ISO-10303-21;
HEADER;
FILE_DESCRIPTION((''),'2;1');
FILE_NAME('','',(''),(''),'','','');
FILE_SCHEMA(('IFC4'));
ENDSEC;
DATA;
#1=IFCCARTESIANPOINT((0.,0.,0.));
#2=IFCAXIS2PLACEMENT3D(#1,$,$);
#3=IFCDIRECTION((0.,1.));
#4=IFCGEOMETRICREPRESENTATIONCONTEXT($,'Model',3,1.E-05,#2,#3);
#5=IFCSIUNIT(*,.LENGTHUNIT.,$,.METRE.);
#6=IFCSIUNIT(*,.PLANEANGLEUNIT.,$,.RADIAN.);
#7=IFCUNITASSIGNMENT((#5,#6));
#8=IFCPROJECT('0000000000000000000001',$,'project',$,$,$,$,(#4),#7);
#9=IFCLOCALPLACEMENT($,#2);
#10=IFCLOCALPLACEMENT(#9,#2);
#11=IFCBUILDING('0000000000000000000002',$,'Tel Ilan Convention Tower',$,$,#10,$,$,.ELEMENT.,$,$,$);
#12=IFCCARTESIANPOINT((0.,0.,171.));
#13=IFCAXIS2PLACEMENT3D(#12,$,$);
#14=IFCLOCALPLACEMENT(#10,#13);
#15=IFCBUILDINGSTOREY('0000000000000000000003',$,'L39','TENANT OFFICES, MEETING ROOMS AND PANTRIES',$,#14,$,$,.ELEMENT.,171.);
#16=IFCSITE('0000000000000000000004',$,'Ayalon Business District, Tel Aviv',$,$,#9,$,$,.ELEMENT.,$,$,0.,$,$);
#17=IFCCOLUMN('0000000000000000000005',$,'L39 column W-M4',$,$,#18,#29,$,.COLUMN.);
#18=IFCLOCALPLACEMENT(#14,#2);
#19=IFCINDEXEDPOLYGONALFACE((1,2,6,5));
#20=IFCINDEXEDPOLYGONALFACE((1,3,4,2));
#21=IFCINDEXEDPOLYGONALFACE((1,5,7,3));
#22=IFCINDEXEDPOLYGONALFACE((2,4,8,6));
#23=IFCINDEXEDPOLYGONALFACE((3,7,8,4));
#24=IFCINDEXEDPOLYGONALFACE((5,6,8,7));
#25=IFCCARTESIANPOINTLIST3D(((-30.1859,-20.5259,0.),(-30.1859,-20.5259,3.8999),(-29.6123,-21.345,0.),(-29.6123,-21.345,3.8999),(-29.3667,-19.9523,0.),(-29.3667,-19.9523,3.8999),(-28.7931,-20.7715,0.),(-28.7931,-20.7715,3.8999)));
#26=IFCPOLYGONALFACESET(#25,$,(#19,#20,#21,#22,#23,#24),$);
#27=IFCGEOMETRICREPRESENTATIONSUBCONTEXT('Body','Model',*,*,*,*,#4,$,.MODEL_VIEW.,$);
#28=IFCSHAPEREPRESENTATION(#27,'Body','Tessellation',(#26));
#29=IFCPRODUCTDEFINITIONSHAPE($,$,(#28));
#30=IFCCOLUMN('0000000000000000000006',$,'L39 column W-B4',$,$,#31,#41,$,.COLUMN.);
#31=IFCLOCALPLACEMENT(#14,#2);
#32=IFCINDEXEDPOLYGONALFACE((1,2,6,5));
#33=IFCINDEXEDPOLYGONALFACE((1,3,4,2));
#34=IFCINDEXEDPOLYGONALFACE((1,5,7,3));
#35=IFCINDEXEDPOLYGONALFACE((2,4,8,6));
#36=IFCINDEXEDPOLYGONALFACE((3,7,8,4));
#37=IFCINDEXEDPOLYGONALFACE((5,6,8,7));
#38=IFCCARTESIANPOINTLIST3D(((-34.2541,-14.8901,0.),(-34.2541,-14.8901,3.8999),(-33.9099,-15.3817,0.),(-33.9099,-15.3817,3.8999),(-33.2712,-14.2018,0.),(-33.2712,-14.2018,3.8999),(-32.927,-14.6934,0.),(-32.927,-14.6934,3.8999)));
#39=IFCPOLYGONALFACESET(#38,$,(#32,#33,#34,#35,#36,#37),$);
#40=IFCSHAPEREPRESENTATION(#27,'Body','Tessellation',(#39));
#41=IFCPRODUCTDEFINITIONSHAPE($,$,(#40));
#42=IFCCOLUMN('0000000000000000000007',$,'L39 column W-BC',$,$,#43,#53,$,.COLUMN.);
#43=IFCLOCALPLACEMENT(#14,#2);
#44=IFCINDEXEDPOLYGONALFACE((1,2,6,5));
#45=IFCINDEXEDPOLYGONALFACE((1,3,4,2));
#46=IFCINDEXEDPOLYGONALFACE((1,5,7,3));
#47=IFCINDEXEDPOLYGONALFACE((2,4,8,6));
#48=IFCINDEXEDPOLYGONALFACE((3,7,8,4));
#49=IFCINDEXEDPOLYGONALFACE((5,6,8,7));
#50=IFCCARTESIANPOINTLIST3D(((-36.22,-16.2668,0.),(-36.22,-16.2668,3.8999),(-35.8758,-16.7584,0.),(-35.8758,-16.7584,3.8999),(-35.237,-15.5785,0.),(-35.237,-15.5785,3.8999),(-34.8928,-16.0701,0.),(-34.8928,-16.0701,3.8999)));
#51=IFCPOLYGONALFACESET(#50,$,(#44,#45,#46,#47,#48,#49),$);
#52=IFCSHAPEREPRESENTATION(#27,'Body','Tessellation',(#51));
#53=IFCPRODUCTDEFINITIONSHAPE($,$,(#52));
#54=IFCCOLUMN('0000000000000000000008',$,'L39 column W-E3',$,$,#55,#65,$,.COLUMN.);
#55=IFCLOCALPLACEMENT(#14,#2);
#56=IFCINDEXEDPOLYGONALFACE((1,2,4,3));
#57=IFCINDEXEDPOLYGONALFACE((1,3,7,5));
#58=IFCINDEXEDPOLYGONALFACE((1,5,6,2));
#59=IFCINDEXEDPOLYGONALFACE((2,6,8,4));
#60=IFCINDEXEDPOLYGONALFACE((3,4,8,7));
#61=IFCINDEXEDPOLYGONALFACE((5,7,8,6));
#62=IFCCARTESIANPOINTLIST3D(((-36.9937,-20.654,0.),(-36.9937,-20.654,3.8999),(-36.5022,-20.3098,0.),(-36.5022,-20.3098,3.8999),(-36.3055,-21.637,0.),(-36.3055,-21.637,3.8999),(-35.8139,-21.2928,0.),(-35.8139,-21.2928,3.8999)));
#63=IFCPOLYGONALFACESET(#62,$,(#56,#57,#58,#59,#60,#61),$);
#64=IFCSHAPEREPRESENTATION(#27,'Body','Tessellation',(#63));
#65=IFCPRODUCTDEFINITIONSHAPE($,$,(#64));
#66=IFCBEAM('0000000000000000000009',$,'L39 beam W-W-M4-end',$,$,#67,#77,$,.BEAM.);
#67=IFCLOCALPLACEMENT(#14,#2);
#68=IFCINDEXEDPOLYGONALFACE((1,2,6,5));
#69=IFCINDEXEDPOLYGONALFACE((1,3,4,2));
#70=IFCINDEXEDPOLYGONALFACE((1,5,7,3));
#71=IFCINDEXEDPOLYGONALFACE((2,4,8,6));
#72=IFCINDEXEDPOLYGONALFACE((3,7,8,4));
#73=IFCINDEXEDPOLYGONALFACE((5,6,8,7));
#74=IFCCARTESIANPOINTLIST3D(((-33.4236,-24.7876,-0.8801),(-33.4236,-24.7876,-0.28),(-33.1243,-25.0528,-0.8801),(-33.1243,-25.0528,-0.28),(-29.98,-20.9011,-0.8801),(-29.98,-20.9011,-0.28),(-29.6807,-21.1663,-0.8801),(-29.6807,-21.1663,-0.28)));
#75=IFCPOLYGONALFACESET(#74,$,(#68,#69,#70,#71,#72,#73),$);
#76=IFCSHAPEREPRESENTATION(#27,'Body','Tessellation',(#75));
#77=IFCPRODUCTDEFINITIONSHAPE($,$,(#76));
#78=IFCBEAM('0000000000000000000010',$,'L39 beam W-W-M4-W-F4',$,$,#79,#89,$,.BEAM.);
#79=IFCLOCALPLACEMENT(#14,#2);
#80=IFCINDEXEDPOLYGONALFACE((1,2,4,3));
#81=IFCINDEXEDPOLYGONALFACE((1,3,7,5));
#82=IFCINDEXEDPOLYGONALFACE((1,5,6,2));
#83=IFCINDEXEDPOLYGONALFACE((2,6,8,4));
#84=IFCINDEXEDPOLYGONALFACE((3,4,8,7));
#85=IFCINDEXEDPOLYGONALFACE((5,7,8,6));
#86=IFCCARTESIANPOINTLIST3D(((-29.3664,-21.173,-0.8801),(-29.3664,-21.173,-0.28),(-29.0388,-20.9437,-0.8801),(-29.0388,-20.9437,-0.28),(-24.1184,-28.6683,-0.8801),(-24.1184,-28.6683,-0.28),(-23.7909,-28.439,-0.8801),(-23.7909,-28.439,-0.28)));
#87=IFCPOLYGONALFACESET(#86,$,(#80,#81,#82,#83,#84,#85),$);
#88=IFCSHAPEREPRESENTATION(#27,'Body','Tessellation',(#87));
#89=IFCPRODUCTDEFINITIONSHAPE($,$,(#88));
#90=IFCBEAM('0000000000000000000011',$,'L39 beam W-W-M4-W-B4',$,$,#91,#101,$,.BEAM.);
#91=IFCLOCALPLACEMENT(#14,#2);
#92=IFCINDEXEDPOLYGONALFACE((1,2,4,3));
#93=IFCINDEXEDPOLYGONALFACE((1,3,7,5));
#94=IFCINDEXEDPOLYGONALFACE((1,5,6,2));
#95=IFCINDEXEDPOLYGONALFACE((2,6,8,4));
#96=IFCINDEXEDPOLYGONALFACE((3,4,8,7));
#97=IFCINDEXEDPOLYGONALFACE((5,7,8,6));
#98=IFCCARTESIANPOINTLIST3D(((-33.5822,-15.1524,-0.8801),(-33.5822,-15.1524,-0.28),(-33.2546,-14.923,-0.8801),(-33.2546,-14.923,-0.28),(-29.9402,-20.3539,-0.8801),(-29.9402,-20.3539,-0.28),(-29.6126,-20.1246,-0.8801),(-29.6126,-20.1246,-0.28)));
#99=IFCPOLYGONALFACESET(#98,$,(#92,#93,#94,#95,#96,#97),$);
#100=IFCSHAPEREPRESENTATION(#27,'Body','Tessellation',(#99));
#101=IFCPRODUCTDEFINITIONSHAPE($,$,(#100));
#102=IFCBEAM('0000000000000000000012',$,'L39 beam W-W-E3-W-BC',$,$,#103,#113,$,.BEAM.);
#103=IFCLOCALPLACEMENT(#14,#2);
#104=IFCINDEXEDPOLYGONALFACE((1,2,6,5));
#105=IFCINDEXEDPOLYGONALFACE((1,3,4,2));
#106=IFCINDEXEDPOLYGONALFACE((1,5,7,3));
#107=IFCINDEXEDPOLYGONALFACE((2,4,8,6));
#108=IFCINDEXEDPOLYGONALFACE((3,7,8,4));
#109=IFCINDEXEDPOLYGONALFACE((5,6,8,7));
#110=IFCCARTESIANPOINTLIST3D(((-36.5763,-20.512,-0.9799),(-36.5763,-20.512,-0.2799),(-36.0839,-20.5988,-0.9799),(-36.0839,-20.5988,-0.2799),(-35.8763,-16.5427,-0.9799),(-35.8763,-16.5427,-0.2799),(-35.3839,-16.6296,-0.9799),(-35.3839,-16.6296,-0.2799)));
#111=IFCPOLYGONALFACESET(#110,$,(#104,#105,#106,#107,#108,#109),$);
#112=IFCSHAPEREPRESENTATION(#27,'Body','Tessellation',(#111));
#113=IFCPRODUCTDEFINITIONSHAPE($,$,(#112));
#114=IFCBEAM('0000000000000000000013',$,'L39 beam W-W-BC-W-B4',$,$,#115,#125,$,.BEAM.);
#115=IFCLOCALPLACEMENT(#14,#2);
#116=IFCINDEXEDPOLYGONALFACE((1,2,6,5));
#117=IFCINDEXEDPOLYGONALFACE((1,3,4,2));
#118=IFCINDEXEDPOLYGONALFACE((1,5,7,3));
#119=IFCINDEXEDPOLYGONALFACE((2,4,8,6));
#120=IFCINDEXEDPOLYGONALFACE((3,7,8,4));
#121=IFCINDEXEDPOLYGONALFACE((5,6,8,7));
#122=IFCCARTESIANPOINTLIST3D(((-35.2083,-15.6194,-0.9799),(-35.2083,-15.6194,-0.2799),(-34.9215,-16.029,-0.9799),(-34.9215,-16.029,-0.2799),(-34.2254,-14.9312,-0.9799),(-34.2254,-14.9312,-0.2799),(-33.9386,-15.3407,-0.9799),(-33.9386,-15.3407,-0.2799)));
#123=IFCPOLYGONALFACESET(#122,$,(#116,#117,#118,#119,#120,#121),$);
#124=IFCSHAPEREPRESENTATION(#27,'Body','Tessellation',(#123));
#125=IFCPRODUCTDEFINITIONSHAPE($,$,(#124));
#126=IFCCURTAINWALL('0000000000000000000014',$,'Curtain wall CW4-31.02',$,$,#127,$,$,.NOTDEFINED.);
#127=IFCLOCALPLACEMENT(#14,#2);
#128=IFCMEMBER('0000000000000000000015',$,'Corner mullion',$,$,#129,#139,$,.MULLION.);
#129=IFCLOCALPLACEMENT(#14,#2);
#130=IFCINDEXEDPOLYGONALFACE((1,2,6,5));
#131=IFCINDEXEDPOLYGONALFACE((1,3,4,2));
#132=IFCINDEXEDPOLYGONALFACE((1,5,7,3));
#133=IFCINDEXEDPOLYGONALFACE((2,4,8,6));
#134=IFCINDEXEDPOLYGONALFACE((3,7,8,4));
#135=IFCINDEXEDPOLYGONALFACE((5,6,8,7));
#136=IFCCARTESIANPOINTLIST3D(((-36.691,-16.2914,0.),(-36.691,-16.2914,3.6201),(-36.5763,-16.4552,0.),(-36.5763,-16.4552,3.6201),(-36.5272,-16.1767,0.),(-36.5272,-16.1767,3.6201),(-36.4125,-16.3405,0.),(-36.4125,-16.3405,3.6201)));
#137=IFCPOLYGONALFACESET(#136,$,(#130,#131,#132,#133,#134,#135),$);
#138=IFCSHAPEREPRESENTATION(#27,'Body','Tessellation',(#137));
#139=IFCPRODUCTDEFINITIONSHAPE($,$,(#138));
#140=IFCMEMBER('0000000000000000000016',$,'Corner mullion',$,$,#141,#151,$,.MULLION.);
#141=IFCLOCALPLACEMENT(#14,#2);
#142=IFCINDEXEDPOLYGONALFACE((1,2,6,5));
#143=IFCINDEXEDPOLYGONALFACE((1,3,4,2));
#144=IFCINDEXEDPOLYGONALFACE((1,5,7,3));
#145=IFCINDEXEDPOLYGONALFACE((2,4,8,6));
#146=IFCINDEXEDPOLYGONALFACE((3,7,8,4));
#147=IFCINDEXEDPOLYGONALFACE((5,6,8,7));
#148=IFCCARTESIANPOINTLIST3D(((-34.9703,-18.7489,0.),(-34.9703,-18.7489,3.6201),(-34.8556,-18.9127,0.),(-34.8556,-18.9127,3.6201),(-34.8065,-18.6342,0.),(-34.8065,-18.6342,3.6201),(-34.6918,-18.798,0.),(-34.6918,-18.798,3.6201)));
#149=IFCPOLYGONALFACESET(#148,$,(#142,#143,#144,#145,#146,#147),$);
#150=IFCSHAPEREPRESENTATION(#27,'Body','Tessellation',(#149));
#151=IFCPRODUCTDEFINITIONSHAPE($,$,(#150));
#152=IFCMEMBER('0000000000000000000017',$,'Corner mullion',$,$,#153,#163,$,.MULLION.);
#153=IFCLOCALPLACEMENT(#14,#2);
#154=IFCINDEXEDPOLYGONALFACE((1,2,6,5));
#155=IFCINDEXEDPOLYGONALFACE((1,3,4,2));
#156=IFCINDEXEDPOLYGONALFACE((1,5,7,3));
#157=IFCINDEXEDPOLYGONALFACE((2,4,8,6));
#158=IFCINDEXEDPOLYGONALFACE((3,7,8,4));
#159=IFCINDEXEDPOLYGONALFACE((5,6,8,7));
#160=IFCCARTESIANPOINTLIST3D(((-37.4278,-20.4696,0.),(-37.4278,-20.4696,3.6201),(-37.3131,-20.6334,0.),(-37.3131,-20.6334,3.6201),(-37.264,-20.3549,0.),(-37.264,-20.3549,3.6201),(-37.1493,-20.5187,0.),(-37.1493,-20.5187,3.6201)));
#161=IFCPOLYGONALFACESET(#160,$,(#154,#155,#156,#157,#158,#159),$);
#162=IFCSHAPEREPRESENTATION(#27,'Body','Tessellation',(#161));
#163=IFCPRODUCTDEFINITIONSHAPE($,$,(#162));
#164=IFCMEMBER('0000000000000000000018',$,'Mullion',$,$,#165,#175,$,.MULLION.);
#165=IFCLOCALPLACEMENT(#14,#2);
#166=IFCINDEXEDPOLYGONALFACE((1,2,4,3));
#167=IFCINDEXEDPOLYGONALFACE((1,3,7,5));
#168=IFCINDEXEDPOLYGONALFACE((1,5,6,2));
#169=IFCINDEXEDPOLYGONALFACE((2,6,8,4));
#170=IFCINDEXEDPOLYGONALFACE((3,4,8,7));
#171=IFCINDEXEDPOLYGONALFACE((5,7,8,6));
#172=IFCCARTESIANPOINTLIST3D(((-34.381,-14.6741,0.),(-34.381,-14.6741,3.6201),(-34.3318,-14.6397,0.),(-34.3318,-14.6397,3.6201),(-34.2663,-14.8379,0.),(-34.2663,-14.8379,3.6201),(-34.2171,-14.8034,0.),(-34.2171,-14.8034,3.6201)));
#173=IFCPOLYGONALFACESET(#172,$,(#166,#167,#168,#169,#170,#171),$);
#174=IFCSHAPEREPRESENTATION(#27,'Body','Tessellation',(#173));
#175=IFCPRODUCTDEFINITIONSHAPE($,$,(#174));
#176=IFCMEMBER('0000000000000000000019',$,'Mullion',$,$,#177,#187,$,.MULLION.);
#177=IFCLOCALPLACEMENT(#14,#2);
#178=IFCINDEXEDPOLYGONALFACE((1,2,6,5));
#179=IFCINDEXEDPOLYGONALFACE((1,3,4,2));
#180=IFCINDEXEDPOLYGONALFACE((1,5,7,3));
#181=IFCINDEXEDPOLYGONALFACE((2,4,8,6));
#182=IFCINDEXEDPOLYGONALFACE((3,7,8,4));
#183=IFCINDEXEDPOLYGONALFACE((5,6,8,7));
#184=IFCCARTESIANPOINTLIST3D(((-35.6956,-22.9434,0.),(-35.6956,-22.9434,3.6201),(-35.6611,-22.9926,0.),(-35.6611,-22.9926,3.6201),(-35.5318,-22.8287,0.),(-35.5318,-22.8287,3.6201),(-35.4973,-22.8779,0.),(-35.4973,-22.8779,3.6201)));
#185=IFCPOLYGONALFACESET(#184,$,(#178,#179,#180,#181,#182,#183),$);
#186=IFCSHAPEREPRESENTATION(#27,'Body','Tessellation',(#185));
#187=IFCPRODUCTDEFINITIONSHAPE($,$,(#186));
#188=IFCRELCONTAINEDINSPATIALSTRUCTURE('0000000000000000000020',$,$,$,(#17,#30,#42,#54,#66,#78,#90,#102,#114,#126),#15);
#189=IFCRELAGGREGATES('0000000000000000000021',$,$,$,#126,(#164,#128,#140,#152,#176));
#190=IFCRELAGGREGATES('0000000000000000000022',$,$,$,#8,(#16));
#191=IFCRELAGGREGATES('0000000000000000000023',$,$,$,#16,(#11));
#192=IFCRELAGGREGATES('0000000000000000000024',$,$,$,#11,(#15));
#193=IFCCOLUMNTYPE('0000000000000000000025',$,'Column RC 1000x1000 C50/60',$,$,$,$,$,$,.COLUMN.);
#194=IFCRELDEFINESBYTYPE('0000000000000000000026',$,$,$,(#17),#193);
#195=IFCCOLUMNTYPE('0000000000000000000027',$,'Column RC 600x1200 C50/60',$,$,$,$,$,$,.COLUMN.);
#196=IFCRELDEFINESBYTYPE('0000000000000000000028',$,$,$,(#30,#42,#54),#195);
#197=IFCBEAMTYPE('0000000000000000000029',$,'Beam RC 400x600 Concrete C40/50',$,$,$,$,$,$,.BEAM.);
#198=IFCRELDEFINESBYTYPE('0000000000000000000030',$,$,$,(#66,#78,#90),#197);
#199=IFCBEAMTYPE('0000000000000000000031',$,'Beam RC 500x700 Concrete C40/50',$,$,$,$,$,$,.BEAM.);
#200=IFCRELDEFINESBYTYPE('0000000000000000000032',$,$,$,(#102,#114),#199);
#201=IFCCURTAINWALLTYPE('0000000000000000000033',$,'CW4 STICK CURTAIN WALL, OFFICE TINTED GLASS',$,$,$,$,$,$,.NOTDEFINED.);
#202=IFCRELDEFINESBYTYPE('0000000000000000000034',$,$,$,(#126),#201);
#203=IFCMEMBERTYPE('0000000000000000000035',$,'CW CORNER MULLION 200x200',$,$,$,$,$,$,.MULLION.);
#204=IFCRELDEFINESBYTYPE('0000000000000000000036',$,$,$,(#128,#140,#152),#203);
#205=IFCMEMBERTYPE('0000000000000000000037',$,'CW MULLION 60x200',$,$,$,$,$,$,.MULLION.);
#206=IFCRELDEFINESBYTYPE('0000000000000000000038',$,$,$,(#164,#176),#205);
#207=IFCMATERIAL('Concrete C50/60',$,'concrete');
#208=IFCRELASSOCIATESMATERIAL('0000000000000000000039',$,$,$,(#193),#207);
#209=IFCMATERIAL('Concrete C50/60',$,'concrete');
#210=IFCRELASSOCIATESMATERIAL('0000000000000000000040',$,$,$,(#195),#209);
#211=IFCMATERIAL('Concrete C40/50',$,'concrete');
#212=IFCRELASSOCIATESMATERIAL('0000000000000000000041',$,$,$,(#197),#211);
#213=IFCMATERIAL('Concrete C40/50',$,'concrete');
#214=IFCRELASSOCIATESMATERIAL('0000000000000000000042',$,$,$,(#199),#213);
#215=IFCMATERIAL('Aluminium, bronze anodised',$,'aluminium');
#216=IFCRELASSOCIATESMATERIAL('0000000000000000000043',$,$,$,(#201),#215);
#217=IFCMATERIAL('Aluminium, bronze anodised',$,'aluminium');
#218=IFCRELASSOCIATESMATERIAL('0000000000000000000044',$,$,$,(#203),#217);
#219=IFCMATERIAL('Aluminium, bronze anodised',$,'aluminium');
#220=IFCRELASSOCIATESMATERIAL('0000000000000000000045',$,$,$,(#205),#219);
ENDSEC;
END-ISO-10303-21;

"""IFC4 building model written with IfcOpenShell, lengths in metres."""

from ifc_helpers import new_model, si_unit, direction, frame, origin, origin_2d, place, context, subcontext, project, spatial, rectangle, extrude, material, material_profile, profile_set, type_object, element, aggregate, save


model = new_model("IFC4")

# Units and contexts
model_context = context("Model", 3, precision=1e-05, world=origin(), true_north=direction((0.0, 1.0)))
body_context = subcontext(model_context, "Body", "Model", "MODEL_VIEW")
ifc_project = project(units=[si_unit("LENGTHUNIT", "METRE"), si_unit("PLANEANGLEUNIT", "RADIAN")], contexts=[model_context])

# Site, building, storey
site_placement = place(None, origin())
site = spatial("IfcSite", under=ifc_project, at=site_placement, Name="Ayalon Business District, Tel Aviv", CompositionType="ELEMENT", RefElevation=0.0)
building_placement = place(site_placement, origin())
building = spatial("IfcBuilding", under=site, at=building_placement, Name="Tel Ilan Convention Tower", CompositionType="ELEMENT")
storey_placement = place(building_placement, frame((0.0, 0.0, 171.0)))
storey = spatial("IfcBuildingStorey", under=building, at=storey_placement, Name="L39", Description="TENANT OFFICES, MEETING ROOMS AND PANTRIES", CompositionType="ELEMENT", Elevation=171.0)

# Columns
ifc_material_1 = material(Name="Concrete C50/60", Category="concrete")
ifc_material_profile_1 = material_profile(ifc_material_1, rectangle(XDim=1.0, YDim=1.0, at=origin_2d()), Name="RC 1000x1000")
ifc_profile_set_1 = profile_set([ifc_material_profile_1], Name="Concrete C50/60")
column_type_1 = type_object("IfcColumnType", Name="Column RC 1000x1000 C50/60", PredefinedType="COLUMN", material=ifc_profile_set_1)
column_placement = place(storey_placement, frame((-29.4895, -20.6487, 0.0), z_axis=(0.0, 0.0, 1.0), x_axis=(-0.819152, -0.573576, 0.0)))
element("IfcColumn", 1, at=column_placement, inside=storey, type_object=column_type_1, Name="L39 column W-M4", PredefinedType="COLUMN", context=body_context, shape_type="SweptSolid", body=[
    extrude(rectangle(XDim=1.0, YDim=1.0, at=origin_2d()), origin(), (0.0, 0.0, 1.0), 3.8999),
])
ifc_material_2 = material(Name="Concrete C50/60", Category="concrete")
ifc_material_profile_2 = material_profile(ifc_material_2, rectangle(XDim=1.2, YDim=0.6001, at=origin_2d()), Name="RC 600x1200")
ifc_profile_set_2 = profile_set([ifc_material_profile_2], Name="Concrete C50/60")
column_type_2 = type_object("IfcColumnType", Name="Column RC 600x1200 C50/60", PredefinedType="COLUMN", material=ifc_profile_set_2)
for number, where, z_axis, x_axis, name in (
    (2, (-33.5906, -14.7917, 0.0), (0.0, 0.0, 1.0), (-0.819152, -0.573576, 0.0), "L39 column W-B4"),
    (3, (-35.5564, -16.1685, 0.0), (0.0, 0.0, 1.0), (-0.819152, -0.573576, 0.0), "L39 column W-BC"),
    (4, (-36.4038, -20.9734, 0.0), (0.0, 0.0, 1.0), (-0.573576, 0.819152, 0.0), "L39 column W-E3"),
):
    element("IfcColumn", number, at=place(storey_placement, frame(where, z_axis=z_axis, x_axis=x_axis)), inside=storey, type_object=column_type_2, Name=name, PredefinedType="COLUMN", context=body_context, shape_type="SweptSolid", body=[
        extrude(rectangle(XDim=1.2, YDim=0.6001, at=origin_2d()), origin(), (0.0, 0.0, 1.0), 3.8999),
    ])

# Beams
ifc_material_3 = material(Name="Concrete C40/50", Category="concrete")
ifc_material_profile_3 = material_profile(ifc_material_3, rectangle(XDim=0.3999, YDim=0.6001, at=origin_2d()), Name="RC 400x600")
ifc_profile_set_3 = profile_set([ifc_material_profile_3], Name="Concrete C40/50")
beam_type_1 = type_object("IfcBeamType", Name="Beam RC 400x600 Concrete C40/50", PredefinedType="BEAM", material=ifc_profile_set_3)
beam_1_placement = place(storey_placement, frame((-29.8303, -21.0337, -0.5801), z_axis=(-0.663175, -0.748464, 0.0), x_axis=(0.748464, -0.663175, 0.0)))
element("IfcBeam", 5, at=beam_1_placement, inside=storey, type_object=beam_type_1, Name="L39 beam W-W-M4-end", PredefinedType="BEAM", context=body_context, shape_type="SweptSolid", body=[
    extrude(rectangle(XDim=0.3999, YDim=0.6001, at=origin_2d()), origin(), (0.0, 0.0, 1.0), 5.1926),
])
beam_2_placement = place(storey_placement, frame((-29.2026, -21.0583, -0.5801), z_axis=(0.573557, -0.819165, 0.0), x_axis=(0.819165, 0.573557, 0.0)))
element("IfcBeam", 6, at=beam_2_placement, inside=storey, type_object=beam_type_1, Name="L39 beam W-W-M4-W-F4", PredefinedType="BEAM", context=body_context, shape_type="SweptSolid", body=[
    extrude(rectangle(XDim=0.3999, YDim=0.6001, at=origin_2d()), origin(), (0.0, 0.0, 1.0), 9.1499),
])
beam_3_placement = place(storey_placement, frame((-29.7764, -20.2393, -0.5801), z_axis=(-0.57356, 0.819163, 0.0), x_axis=(-0.819163, -0.57356, 0.0)))
element("IfcBeam", 7, at=beam_3_placement, inside=storey, type_object=beam_type_1, Name="L39 beam W-W-M4-W-B4", PredefinedType="BEAM", context=body_context, shape_type="SweptSolid", body=[
    extrude(rectangle(XDim=0.3999, YDim=0.6001, at=origin_2d()), origin(), (0.0, 0.0, 1.0), 6.3499),
])
ifc_material_4 = material(Name="Concrete C40/50", Category="concrete")
ifc_material_profile_4 = material_profile(ifc_material_4, rectangle(XDim=0.5, YDim=0.7, at=origin_2d()), Name="RC 500x700")
ifc_profile_set_4 = profile_set([ifc_material_profile_4], Name="Concrete C40/50")
beam_type_2 = type_object("IfcBeamType", Name="Beam RC 500x700 Concrete C40/50", PredefinedType="BEAM", material=ifc_profile_set_4)
beam_4_placement = place(storey_placement, frame((-36.3301, -20.5554, -0.6299), z_axis=(0.173664, 0.984805, 0.0), x_axis=(-0.984805, 0.173664, 0.0)))
element("IfcBeam", 8, at=beam_4_placement, inside=storey, type_object=beam_type_2, Name="L39 beam W-W-E3-W-BC", PredefinedType="BEAM", context=body_context, shape_type="SweptSolid", body=[
    extrude(rectangle(XDim=0.5, YDim=0.7, at=origin_2d()), origin(), (0.0, 0.0, 1.0), 4.0305),
])
beam_5_placement = place(storey_placement, frame((-35.0649, -15.8242, -0.6299), z_axis=(0.819155, 0.573572, 0.0), x_axis=(-0.573572, 0.819155, 0.0)))
element("IfcBeam", 9, at=beam_5_placement, inside=storey, type_object=beam_type_2, Name="L39 beam W-W-BC-W-B4", PredefinedType="BEAM", context=body_context, shape_type="SweptSolid", body=[
    extrude(rectangle(XDim=0.5, YDim=0.7, at=origin_2d()), origin(), (0.0, 0.0, 1.0), 1.2),
])

# Curtain wall, members
ifc_material_5 = material(Name="Aluminium, bronze anodised", Category="aluminium")
curtain_wall_type = type_object("IfcCurtainWallType", Name="CW4 STICK CURTAIN WALL, OFFICE TINTED GLASS", PredefinedType="NOTDEFINED", material=ifc_material_5)
curtain_wall_placement = place(storey_placement, origin())
curtain_wall = element("IfcCurtainWall", 10, at=curtain_wall_placement, inside=storey, type_object=curtain_wall_type, Name="Curtain wall CW4-31.02", PredefinedType="NOTDEFINED")
ifc_material_6 = material(Name="Aluminium, bronze anodised", Category="aluminium")
ifc_material_profile_5 = material_profile(ifc_material_6, rectangle(XDim=0.2, YDim=0.2, at=origin_2d()), Name="CW CORNER MULLION 200x200")
ifc_profile_set_5 = profile_set([ifc_material_profile_5], Name="Aluminium, bronze anodised")
member_type_1 = type_object("IfcMemberType", Name="CW CORNER MULLION 200x200", PredefinedType="MULLION", material=ifc_profile_set_5)
member_1_placement = place(storey_placement, frame((-36.5518, -16.3159, 0.0), z_axis=(0.0, 0.0, 1.0), x_axis=(-0.819152, -0.573576, 0.0)))
member_1 = element("IfcMember", 11, at=member_1_placement, type_object=member_type_1, Name="Corner mullion", PredefinedType="MULLION", context=body_context, shape_type="SweptSolid", body=[
    extrude(rectangle(XDim=0.2, YDim=0.2, at=origin_2d()), origin(), (0.0, 0.0, 1.0), 3.6201),
])
member_2_placement = place(storey_placement, frame((-34.8311, -18.7734, 0.0), z_axis=(0.0, 0.0, 1.0), x_axis=(0.573576, -0.819152, 0.0)))
member_2 = element("IfcMember", 12, at=member_2_placement, type_object=member_type_1, Name="Corner mullion", PredefinedType="MULLION", context=body_context, shape_type="SweptSolid", body=[
    extrude(rectangle(XDim=0.2, YDim=0.2, at=origin_2d()), origin(), (0.0, 0.0, 1.0), 3.6201),
])
member_3_placement = place(storey_placement, frame((-37.2886, -20.4941, 0.0), z_axis=(0.0, 0.0, 1.0), x_axis=(-0.819152, -0.573576, 0.0)))
member_3 = element("IfcMember", 13, at=member_3_placement, type_object=member_type_1, Name="Corner mullion", PredefinedType="MULLION", context=body_context, shape_type="SweptSolid", body=[
    extrude(rectangle(XDim=0.2, YDim=0.2, at=origin_2d()), origin(), (0.0, 0.0, 1.0), 3.6201),
])
ifc_material_7 = material(Name="Aluminium, bronze anodised", Category="aluminium")
ifc_material_profile_6 = material_profile(ifc_material_7, rectangle(XDim=0.0601, YDim=0.2, at=origin_2d()), Name="CW MULLION 60x200")
ifc_profile_set_6 = profile_set([ifc_material_profile_6], Name="Aluminium, bronze anodised")
member_type_2 = type_object("IfcMemberType", Name="CW MULLION 60x200", PredefinedType="MULLION", material=ifc_profile_set_6)
member_4_placement = place(storey_placement, frame((-34.2991, -14.7388, 0.0), z_axis=(0.0, 0.0, 1.0), x_axis=(-0.819152, -0.573576, 0.0)))
member_4 = element("IfcMember", 14, at=member_4_placement, type_object=member_type_2, Name="Mullion", PredefinedType="MULLION", context=body_context, shape_type="SweptSolid", body=[
    extrude(rectangle(XDim=0.0601, YDim=0.2, at=origin_2d()), origin(), (0.0, 0.0, 1.0), 3.6201),
])
member_5_placement = place(storey_placement, frame((-35.5964, -22.9106, 0.0), z_axis=(0.0, 0.0, 1.0), x_axis=(0.573576, -0.819152, 0.0)))
member_5 = element("IfcMember", 15, at=member_5_placement, type_object=member_type_2, Name="Mullion", PredefinedType="MULLION", context=body_context, shape_type="SweptSolid", body=[
    extrude(rectangle(XDim=0.0601, YDim=0.2, at=origin_2d()), origin(), (0.0, 0.0, 1.0), 3.6201),
])
aggregate(curtain_wall, [member_4, member_1, member_2, member_3, member_5])

save(model, "model.ifc")
